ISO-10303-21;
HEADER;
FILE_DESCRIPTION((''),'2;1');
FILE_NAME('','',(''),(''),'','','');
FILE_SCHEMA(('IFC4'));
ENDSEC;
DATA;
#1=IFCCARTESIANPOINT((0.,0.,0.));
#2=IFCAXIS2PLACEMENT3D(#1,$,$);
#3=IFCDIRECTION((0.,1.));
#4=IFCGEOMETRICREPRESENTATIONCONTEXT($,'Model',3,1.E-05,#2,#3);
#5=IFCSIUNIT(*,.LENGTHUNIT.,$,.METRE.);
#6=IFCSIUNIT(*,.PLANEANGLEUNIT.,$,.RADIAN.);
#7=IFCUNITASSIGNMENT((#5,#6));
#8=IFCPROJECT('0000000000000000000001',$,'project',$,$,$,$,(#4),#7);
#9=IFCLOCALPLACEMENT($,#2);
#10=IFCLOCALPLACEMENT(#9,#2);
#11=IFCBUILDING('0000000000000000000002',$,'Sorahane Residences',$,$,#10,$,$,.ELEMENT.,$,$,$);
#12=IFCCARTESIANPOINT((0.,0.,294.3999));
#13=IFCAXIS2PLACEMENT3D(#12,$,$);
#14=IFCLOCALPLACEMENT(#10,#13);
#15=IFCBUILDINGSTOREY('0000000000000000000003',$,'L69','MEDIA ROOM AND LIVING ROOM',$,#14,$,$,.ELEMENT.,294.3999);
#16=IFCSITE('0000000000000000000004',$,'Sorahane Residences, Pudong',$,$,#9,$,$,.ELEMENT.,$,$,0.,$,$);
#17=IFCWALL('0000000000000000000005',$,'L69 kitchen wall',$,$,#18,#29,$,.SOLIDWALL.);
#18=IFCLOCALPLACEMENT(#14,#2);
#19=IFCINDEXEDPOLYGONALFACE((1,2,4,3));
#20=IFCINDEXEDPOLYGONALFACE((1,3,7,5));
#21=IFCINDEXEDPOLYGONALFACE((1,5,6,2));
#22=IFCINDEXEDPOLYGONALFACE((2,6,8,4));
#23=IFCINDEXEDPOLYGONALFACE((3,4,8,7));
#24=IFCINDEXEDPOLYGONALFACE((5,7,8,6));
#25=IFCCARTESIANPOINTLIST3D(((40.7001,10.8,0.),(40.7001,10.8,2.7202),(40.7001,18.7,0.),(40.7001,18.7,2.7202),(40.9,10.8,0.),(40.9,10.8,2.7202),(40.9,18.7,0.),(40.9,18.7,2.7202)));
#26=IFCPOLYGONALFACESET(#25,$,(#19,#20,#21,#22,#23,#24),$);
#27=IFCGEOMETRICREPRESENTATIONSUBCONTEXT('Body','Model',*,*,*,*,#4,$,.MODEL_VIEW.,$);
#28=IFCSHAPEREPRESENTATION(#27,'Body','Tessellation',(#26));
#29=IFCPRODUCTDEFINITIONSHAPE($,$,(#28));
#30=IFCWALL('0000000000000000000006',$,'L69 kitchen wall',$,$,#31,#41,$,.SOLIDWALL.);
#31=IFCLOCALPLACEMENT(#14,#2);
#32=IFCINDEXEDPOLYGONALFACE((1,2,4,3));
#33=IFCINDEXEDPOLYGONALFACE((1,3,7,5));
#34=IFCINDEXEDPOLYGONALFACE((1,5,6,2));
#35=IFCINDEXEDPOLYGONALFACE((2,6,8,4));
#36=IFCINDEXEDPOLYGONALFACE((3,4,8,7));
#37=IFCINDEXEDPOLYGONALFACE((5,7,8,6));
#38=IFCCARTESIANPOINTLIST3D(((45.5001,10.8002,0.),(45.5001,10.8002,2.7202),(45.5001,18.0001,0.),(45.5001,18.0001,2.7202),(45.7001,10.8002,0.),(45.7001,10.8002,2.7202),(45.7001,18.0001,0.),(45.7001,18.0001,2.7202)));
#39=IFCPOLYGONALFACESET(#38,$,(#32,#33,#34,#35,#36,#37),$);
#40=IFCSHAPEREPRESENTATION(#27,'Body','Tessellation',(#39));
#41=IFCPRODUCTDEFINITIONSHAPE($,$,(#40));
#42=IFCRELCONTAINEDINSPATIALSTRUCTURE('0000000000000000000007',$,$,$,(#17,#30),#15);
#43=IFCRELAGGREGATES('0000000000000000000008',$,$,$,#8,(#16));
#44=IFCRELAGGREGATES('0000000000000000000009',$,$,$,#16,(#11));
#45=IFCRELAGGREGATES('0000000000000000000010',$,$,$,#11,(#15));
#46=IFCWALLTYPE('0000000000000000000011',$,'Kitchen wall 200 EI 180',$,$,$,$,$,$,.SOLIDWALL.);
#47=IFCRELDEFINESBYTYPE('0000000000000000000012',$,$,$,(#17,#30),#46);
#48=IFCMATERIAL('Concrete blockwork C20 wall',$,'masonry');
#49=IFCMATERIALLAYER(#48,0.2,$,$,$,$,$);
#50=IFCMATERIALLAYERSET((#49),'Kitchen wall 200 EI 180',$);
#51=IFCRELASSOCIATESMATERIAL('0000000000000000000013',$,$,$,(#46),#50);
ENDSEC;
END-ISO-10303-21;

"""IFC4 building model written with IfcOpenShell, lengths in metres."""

from ifc_helpers import new_model, si_unit, direction, frame, frame_2d, origin, place, context, subcontext, project, spatial, rectangle, extrude, material, layer, layer_set, type_object, element, save


model = new_model("IFC4")

# Units and contexts
model_context = context("Model", 3, precision=1e-05, world=origin(), true_north=direction((0.0, 1.0)))
body_context = subcontext(model_context, "Body", "Model", "MODEL_VIEW")
ifc_project = project(units=[si_unit("LENGTHUNIT", "METRE"), si_unit("PLANEANGLEUNIT", "RADIAN")], contexts=[model_context])

# Site, building, storey
site_placement = place(None, origin())
site = spatial("IfcSite", under=ifc_project, at=site_placement, Name="Sorahane Residences, Pudong", CompositionType="ELEMENT", RefElevation=0.0)
building_placement = place(site_placement, origin())
building = spatial("IfcBuilding", under=site, at=building_placement, Name="Sorahane Residences", CompositionType="ELEMENT")
storey_placement = place(building_placement, frame((0.0, 0.0, 294.3999)))
storey = spatial("IfcBuildingStorey", under=building, at=storey_placement, Name="L69", Description="MEDIA ROOM AND LIVING ROOM", CompositionType="ELEMENT", Elevation=294.3999)

# Walls
ifc_material_1 = material(Name="Concrete blockwork C20 wall", Category="masonry")
ifc_layer_1 = layer(ifc_material_1, 0.2)
ifc_layer_set_1 = layer_set([ifc_layer_1], Name="Kitchen wall 200 EI 180")
wall_type_1 = type_object("IfcWallType", Name="Kitchen wall 200 EI 180", PredefinedType="SOLIDWALL", material=ifc_layer_set_1)
wall_1_placement = place(storey_placement, frame((40.8, 10.8, 0.0), z_axis=(0.0, 0.0, 1.0), x_axis=(0.0, 1.0, 0.0)))
element("IfcWall", 1, at=wall_1_placement, inside=storey, type_object=wall_type_1, Name="L69 kitchen wall", PredefinedType="SOLIDWALL", context=body_context, shape_type="SweptSolid", body=[
    extrude(rectangle(XDim=7.8999, YDim=0.2, at=frame_2d((3.95, 0.0))), origin(), (0.0, 0.0, 1.0), 2.7202),
])
wall_2_placement = place(storey_placement, frame((45.6001, 10.8, 0.0), z_axis=(0.0, 0.0, 1.0), x_axis=(0.0, 1.0, 0.0)))
element("IfcWall", 2, at=wall_2_placement, inside=storey, type_object=wall_type_1, Name="L69 kitchen wall", PredefinedType="SOLIDWALL", context=body_context, shape_type="SweptSolid", body=[
    extrude(rectangle(XDim=7.2, YDim=0.2, at=frame_2d((3.6001, 0.0))), origin(), (0.0, 0.0, 1.0), 2.7202),
])

save(model, "model.ifc")
